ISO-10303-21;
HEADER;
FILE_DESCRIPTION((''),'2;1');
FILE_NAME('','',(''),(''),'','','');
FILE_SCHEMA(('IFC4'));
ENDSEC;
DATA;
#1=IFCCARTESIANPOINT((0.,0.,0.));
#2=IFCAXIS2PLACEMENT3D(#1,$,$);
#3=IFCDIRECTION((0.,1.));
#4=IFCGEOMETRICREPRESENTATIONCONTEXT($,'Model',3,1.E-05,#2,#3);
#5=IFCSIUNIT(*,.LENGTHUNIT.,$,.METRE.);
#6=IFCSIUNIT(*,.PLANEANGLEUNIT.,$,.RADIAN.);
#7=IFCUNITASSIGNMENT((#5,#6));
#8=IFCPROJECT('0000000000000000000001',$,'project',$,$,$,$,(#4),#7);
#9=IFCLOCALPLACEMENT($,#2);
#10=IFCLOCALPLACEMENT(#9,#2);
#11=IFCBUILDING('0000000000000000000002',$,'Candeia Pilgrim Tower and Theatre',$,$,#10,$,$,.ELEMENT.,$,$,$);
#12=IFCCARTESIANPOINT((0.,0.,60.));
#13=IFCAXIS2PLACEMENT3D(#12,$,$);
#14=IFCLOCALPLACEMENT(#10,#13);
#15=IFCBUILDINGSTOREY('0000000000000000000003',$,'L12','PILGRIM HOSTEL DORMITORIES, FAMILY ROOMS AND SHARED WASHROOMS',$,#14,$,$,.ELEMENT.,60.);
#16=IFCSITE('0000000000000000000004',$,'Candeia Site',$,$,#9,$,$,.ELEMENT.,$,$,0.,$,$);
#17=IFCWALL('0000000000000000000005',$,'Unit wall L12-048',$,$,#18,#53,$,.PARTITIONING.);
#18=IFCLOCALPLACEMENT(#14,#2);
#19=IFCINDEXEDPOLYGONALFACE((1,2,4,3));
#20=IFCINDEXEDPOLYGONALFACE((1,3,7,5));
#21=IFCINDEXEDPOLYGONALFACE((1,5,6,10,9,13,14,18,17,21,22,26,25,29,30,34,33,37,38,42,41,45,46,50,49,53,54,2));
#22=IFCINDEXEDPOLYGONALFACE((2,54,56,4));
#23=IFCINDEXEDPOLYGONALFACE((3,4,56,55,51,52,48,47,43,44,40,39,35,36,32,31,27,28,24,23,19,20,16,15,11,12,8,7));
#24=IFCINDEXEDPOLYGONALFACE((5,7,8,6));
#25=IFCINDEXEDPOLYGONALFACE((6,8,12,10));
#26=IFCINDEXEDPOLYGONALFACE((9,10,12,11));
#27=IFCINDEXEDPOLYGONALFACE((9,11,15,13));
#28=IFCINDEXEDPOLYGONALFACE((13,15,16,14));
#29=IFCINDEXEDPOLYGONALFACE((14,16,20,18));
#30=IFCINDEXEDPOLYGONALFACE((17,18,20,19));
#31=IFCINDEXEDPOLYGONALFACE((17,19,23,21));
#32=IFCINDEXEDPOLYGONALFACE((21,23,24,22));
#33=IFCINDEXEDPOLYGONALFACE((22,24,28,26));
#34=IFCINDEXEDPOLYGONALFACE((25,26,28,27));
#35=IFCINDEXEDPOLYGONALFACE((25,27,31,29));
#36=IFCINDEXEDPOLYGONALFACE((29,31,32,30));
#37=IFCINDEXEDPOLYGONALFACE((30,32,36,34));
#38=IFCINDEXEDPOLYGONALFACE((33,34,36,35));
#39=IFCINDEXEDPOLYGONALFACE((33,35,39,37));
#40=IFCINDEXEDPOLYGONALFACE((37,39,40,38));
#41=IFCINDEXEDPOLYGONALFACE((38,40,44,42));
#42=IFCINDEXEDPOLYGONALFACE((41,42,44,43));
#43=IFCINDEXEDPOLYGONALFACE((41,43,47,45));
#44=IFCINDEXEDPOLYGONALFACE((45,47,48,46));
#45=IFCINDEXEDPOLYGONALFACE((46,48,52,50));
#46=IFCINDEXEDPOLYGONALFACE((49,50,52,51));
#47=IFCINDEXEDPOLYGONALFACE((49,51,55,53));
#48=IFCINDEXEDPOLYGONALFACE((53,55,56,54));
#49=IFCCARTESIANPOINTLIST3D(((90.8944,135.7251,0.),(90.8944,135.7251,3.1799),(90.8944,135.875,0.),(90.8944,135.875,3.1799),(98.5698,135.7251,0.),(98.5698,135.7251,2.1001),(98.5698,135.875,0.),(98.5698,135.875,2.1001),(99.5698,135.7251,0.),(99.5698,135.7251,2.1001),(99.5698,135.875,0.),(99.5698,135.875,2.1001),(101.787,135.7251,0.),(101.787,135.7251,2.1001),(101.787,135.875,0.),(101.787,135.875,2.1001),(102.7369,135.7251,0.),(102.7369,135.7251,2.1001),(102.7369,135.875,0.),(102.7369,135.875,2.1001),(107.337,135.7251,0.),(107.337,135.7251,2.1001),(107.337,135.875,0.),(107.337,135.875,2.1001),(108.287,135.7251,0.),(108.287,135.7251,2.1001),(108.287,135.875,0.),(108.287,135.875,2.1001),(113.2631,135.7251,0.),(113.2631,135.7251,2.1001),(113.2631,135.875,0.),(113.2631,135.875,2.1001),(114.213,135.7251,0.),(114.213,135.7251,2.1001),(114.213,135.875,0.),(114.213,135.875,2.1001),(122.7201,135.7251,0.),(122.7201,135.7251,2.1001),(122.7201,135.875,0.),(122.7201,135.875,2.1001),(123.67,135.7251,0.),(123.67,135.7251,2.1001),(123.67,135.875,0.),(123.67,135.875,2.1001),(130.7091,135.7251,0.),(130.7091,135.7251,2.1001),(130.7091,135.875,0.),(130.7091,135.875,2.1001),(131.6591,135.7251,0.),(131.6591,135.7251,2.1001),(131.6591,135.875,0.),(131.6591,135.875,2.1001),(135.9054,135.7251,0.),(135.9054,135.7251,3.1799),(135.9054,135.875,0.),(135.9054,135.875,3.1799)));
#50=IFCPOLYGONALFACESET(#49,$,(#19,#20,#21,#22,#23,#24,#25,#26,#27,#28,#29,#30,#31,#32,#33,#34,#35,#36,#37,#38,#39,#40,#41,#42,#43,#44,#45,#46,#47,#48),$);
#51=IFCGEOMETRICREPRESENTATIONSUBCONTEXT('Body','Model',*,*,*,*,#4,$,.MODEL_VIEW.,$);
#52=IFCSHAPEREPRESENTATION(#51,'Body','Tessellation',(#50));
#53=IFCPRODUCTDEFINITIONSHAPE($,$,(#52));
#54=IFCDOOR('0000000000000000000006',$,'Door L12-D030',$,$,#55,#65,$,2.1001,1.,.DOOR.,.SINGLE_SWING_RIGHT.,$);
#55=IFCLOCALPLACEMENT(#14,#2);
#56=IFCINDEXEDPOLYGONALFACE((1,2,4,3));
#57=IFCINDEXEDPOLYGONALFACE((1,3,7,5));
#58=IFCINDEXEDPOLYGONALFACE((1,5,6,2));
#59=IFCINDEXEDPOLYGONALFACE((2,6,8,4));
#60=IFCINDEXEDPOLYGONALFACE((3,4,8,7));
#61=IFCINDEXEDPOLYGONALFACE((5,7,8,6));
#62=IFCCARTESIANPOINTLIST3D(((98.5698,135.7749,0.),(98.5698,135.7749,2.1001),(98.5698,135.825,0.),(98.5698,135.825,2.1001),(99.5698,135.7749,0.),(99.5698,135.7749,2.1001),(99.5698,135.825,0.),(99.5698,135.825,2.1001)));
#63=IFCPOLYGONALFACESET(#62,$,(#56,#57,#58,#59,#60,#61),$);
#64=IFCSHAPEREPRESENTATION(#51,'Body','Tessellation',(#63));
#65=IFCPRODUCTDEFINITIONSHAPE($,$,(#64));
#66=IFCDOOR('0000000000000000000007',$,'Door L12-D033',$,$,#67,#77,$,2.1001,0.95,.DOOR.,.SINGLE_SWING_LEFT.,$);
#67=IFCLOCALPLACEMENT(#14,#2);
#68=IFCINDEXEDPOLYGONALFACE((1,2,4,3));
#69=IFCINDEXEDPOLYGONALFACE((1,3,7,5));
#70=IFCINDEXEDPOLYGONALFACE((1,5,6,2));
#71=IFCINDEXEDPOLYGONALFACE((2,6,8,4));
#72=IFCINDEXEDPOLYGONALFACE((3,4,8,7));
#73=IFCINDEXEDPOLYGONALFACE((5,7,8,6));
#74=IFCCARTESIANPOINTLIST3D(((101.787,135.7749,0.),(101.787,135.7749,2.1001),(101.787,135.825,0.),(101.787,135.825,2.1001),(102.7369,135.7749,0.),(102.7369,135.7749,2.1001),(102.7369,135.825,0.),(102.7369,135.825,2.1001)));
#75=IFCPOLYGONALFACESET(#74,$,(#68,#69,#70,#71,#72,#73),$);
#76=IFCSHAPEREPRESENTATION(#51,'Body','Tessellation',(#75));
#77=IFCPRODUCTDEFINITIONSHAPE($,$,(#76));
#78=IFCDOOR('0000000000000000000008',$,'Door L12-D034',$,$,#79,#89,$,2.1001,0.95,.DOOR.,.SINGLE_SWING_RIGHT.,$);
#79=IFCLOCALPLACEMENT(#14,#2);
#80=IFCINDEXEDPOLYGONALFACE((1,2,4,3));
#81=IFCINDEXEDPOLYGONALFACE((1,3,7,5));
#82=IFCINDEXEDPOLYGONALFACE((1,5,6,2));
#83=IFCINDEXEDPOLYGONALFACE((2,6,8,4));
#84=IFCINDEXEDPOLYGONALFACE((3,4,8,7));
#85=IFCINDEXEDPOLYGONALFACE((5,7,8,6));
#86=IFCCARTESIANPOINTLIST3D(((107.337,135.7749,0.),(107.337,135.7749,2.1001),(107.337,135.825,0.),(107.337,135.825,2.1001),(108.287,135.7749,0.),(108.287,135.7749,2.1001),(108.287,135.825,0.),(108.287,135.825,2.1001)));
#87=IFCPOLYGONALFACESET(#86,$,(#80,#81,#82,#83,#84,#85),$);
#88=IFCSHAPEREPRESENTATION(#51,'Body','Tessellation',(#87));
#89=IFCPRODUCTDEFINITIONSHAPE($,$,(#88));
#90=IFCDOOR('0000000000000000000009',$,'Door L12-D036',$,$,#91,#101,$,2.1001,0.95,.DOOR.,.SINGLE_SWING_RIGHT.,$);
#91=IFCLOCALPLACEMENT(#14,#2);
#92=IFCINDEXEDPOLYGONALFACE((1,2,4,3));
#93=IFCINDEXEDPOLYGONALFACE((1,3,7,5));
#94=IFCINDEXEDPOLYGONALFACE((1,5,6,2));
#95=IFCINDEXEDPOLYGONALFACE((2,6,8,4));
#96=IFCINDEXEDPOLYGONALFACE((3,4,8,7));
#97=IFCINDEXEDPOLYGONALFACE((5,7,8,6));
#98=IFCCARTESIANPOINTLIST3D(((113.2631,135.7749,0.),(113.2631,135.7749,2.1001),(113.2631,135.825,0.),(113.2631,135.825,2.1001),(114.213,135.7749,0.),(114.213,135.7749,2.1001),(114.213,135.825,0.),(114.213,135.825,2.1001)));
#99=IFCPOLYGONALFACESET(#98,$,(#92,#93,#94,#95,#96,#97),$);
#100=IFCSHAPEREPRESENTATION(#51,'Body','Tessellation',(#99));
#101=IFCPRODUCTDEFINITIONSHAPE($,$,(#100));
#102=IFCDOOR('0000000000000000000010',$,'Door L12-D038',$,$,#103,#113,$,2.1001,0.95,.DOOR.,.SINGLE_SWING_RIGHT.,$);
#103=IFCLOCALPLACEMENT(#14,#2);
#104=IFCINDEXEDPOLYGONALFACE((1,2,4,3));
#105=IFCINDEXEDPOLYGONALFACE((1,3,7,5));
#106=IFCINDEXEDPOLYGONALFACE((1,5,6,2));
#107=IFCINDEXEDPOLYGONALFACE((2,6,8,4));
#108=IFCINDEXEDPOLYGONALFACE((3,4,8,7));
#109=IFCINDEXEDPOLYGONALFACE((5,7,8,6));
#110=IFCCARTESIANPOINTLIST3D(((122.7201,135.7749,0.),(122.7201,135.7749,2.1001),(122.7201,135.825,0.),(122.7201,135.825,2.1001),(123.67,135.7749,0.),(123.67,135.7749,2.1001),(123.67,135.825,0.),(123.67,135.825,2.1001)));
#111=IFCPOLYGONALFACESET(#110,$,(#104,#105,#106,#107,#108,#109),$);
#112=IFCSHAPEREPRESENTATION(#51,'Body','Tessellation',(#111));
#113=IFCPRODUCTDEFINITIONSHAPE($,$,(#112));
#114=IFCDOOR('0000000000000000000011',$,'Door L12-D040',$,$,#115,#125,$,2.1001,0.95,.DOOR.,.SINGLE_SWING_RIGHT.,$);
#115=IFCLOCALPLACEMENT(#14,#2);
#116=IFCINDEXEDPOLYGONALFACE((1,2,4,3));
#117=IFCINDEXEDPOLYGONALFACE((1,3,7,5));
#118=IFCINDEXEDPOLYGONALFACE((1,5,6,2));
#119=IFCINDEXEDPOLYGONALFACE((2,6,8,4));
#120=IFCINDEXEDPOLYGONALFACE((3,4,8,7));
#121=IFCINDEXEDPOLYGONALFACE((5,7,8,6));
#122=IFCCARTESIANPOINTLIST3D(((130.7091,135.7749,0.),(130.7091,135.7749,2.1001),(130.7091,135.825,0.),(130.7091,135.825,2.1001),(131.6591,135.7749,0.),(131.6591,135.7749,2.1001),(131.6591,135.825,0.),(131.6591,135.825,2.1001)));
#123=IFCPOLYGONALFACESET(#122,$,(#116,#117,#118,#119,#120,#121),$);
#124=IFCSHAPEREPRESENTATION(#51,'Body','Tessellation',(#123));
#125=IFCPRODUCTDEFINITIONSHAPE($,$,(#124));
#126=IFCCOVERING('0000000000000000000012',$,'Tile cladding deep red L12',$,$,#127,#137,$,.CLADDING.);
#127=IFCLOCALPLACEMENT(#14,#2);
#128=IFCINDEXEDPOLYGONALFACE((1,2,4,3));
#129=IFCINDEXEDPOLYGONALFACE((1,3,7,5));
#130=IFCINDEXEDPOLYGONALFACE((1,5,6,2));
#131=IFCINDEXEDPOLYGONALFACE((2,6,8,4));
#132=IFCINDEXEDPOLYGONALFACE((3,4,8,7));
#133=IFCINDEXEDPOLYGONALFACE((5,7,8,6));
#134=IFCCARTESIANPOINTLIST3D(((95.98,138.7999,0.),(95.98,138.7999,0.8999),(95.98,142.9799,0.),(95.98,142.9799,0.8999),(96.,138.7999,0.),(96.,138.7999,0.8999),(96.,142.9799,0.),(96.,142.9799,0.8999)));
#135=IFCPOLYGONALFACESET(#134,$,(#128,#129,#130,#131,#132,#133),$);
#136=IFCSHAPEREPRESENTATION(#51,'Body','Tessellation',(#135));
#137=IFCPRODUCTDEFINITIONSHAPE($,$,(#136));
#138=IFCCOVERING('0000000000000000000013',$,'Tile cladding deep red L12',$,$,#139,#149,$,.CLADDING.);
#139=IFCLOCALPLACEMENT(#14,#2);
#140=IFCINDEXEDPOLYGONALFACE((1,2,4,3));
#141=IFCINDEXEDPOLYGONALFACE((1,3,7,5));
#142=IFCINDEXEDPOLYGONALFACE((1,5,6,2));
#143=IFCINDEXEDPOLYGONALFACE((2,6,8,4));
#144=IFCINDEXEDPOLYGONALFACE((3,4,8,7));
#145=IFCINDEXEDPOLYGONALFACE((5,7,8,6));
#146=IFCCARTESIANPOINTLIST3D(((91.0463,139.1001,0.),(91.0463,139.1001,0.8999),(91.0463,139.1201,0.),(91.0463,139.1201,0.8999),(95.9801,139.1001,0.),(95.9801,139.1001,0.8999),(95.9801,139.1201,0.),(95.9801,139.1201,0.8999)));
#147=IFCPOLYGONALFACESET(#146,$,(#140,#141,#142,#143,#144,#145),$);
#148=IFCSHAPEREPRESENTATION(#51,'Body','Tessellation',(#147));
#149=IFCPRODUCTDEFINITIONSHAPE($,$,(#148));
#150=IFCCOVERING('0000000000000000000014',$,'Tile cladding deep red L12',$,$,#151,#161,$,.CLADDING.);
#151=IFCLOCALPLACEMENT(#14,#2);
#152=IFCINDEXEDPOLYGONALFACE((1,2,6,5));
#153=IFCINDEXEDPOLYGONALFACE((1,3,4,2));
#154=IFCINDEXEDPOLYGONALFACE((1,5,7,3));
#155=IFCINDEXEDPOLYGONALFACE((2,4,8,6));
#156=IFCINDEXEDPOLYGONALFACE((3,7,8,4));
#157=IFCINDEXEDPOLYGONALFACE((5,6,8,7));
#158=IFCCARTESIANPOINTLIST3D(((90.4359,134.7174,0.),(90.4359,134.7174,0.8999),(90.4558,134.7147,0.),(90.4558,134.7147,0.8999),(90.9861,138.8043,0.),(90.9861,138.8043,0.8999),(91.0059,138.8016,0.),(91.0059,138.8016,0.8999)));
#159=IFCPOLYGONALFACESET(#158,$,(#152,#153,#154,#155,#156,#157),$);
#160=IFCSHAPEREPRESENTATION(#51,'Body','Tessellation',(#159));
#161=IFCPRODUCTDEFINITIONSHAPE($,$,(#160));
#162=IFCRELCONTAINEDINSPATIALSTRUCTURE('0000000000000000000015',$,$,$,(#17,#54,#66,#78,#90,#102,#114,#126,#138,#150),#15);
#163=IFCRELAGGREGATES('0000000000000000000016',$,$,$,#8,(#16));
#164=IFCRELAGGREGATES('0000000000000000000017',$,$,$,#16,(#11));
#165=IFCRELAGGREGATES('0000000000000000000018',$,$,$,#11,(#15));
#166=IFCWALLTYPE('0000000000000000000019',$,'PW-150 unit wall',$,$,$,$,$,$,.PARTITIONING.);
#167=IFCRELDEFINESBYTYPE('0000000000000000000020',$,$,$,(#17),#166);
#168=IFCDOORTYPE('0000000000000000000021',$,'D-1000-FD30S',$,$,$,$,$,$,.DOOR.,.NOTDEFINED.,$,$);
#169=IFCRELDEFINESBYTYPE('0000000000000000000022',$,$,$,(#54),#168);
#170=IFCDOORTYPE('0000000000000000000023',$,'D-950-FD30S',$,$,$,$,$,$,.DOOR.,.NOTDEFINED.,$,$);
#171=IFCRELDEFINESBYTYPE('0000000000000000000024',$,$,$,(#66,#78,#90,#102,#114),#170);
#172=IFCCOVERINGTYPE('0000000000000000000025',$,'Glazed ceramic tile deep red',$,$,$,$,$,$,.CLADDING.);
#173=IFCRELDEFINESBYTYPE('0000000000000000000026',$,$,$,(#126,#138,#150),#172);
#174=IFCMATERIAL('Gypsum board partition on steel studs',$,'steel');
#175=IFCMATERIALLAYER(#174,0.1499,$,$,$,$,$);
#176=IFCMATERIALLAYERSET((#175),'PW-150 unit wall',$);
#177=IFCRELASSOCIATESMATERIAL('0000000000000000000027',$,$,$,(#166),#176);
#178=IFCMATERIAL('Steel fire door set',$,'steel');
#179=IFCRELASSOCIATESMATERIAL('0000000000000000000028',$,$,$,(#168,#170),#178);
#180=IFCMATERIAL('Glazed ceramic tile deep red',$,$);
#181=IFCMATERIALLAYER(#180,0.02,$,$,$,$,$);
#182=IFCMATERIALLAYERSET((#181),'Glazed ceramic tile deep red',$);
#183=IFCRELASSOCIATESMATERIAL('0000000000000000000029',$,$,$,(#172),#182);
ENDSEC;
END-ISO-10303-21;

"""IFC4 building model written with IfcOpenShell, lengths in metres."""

from ifc_helpers import new_model, si_unit, direction, frame, frame_2d, origin, origin_2d, place, context, subcontext, project, spatial, rectangle, extrude, material, layer, layer_set, type_object, element, fill, save


model = new_model("IFC4")

# Units and contexts
model_context = context("Model", 3, precision=1e-05, world=origin(), true_north=direction((0.0, 1.0)))
body_context = subcontext(model_context, "Body", "Model", "MODEL_VIEW")
ifc_project = project(units=[si_unit("LENGTHUNIT", "METRE"), si_unit("PLANEANGLEUNIT", "RADIAN")], contexts=[model_context])

# Site, building, storey
site_placement = place(None, origin())
site = spatial("IfcSite", under=ifc_project, at=site_placement, Name="Candeia Site", CompositionType="ELEMENT", RefElevation=0.0)
building_placement = place(site_placement, origin())
building = spatial("IfcBuilding", under=site, at=building_placement, Name="Candeia Pilgrim Tower and Theatre", CompositionType="ELEMENT")
storey_placement = place(building_placement, frame((0.0, 0.0, 60.0)))
storey = spatial("IfcBuildingStorey", under=building, at=storey_placement, Name="L12", Description="PILGRIM HOSTEL DORMITORIES, FAMILY ROOMS AND SHARED WASHROOMS", CompositionType="ELEMENT", Elevation=60.0)

# Shared definitions
ifc_material_1 = material(Name="Gypsum board partition on steel studs", Category="steel")

# Wall, openings, doors
ifc_layer_1 = layer(ifc_material_1, 0.1499)
ifc_layer_set_1 = layer_set([ifc_layer_1], Name="PW-150 unit wall")
wall_type_1 = type_object("IfcWallType", Name="PW-150 unit wall", PredefinedType="PARTITIONING", material=ifc_layer_set_1)
wall_1_placement = place(storey_placement, frame((90.8945, 135.8, 0.0), z_axis=(0.0, 0.0, 1.0), x_axis=(1.0, 0.0, 0.0)))
wall_1 = element("IfcWall", 1, at=wall_1_placement, inside=storey, type_object=wall_type_1, Name="Unit wall L12-048", PredefinedType="PARTITIONING", context=body_context, shape_type="SweptSolid", body=[
    extrude(rectangle(XDim=45.011, YDim=0.1499, at=frame_2d((22.5054, 0.0))), origin(), (0.0, 0.0, 1.0), 3.1799),
])
opening_1_placement = place(wall_1_placement, frame((7.6753, 0.0, 0.0)))
opening_1 = element("IfcOpeningElement", 2, at=opening_1_placement, cuts=wall_1, PredefinedType="OPENING", context=body_context, shape_type="SweptSolid", body=[
    extrude(rectangle(XDim=1.0, YDim=2.1001, at=frame_2d((0.5, 1.05))), frame((0.0, 0.085, 0.0), z_axis=(0.0, -1.0, 0.0), x_axis=(1.0, 0.0, 0.0)), (0.0, 0.0, 1.0), 0.1699),
])
opening_2_placement = place(wall_1_placement, frame((10.8923, 0.0, 0.0)))
opening_2 = element("IfcOpeningElement", 3, at=opening_2_placement, cuts=wall_1, PredefinedType="OPENING", context=body_context, shape_type="SweptSolid", body=[
    extrude(rectangle(XDim=0.95, YDim=2.1001, at=frame_2d((0.4751, 1.05))), frame((0.0, 0.085, 0.0), z_axis=(0.0, -1.0, 0.0), x_axis=(1.0, 0.0, 0.0)), (0.0, 0.0, 1.0), 0.1699),
])
opening_3_placement = place(wall_1_placement, frame((16.4424, 0.0, 0.0)))
opening_3 = element("IfcOpeningElement", 4, at=opening_3_placement, cuts=wall_1, PredefinedType="OPENING", context=body_context, shape_type="SweptSolid", body=[
    extrude(rectangle(XDim=0.95, YDim=2.1001, at=frame_2d((0.4751, 1.05))), frame((0.0, 0.085, 0.0), z_axis=(0.0, -1.0, 0.0), x_axis=(1.0, 0.0, 0.0)), (0.0, 0.0, 1.0), 0.1699),
])
opening_4_placement = place(wall_1_placement, frame((22.3684, 0.0, 0.0)))
opening_4 = element("IfcOpeningElement", 5, at=opening_4_placement, cuts=wall_1, PredefinedType="OPENING", context=body_context, shape_type="SweptSolid", body=[
    extrude(rectangle(XDim=0.95, YDim=2.1001, at=frame_2d((0.4751, 1.05))), frame((0.0, 0.085, 0.0), z_axis=(0.0, -1.0, 0.0), x_axis=(1.0, 0.0, 0.0)), (0.0, 0.0, 1.0), 0.1699),
])
opening_5_placement = place(wall_1_placement, frame((31.8254, 0.0, 0.0)))
opening_5 = element("IfcOpeningElement", 6, at=opening_5_placement, cuts=wall_1, PredefinedType="OPENING", context=body_context, shape_type="SweptSolid", body=[
    extrude(rectangle(XDim=0.95, YDim=2.1001, at=frame_2d((0.4751, 1.05))), frame((0.0, 0.085, 0.0), z_axis=(0.0, -1.0, 0.0), x_axis=(1.0, 0.0, 0.0)), (0.0, 0.0, 1.0), 0.1699),
])
opening_6_placement = place(wall_1_placement, frame((39.8145, 0.0, 0.0)))
opening_6 = element("IfcOpeningElement", 7, at=opening_6_placement, cuts=wall_1, PredefinedType="OPENING", context=body_context, shape_type="SweptSolid", body=[
    extrude(rectangle(XDim=0.95, YDim=2.1001, at=frame_2d((0.4751, 1.05))), frame((0.0, 0.085, 0.0), z_axis=(0.0, -1.0, 0.0), x_axis=(1.0, 0.0, 0.0)), (0.0, 0.0, 1.0), 0.1699),
])
ifc_material_2 = material(Name="Steel fire door set", Category="steel")
door_type_1 = type_object("IfcDoorType", Name="D-1000-FD30S", OperationType="NOTDEFINED", PredefinedType="DOOR", material=ifc_material_2)
door_1_placement = place(opening_1_placement, origin())
door_1 = element("IfcDoor", 8, at=door_1_placement, inside=storey, type_object=door_type_1, Name="Door L12-D030", OperationType="SINGLE_SWING_RIGHT", OverallHeight=2.1001, OverallWidth=1.0, PredefinedType="DOOR", context=body_context, shape_type="SweptSolid", body=[
    extrude(rectangle(XDim=1.0, YDim=2.1001, at=frame_2d((0.5, 1.05))), frame((0.0, 0.0249, 0.0), z_axis=(0.0, -1.0, 0.0), x_axis=(1.0, 0.0, 0.0)), (0.0, 0.0, 1.0), 0.05),
])
fill(opening_1, door_1)
door_type_2 = type_object("IfcDoorType", Name="D-950-FD30S", OperationType="NOTDEFINED", PredefinedType="DOOR", material=ifc_material_2)
door_2_placement = place(opening_2_placement, origin())
door_2 = element("IfcDoor", 9, at=door_2_placement, inside=storey, type_object=door_type_2, Name="Door L12-D033", OperationType="SINGLE_SWING_LEFT", OverallHeight=2.1001, OverallWidth=0.95, PredefinedType="DOOR", context=body_context, shape_type="SweptSolid", body=[
    extrude(rectangle(XDim=0.95, YDim=2.1001, at=frame_2d((0.4751, 1.05))), frame((0.0, 0.0249, 0.0), z_axis=(0.0, -1.0, 0.0), x_axis=(1.0, 0.0, 0.0)), (0.0, 0.0, 1.0), 0.05),
])
fill(opening_2, door_2)
door_3_placement = place(opening_3_placement, origin())
door_3 = element("IfcDoor", 10, at=door_3_placement, inside=storey, type_object=door_type_2, Name="Door L12-D034", OperationType="SINGLE_SWING_RIGHT", OverallHeight=2.1001, OverallWidth=0.95, PredefinedType="DOOR", context=body_context, shape_type="SweptSolid", body=[
    extrude(rectangle(XDim=0.95, YDim=2.1001, at=frame_2d((0.4751, 1.05))), frame((0.0, 0.0249, 0.0), z_axis=(0.0, -1.0, 0.0), x_axis=(1.0, 0.0, 0.0)), (0.0, 0.0, 1.0), 0.05),
])
fill(opening_3, door_3)
door_4_placement = place(opening_4_placement, origin())
door_4 = element("IfcDoor", 11, at=door_4_placement, inside=storey, type_object=door_type_2, Name="Door L12-D036", OperationType="SINGLE_SWING_RIGHT", OverallHeight=2.1001, OverallWidth=0.95, PredefinedType="DOOR", context=body_context, shape_type="SweptSolid", body=[
    extrude(rectangle(XDim=0.95, YDim=2.1001, at=frame_2d((0.4751, 1.05))), frame((0.0, 0.0249, 0.0), z_axis=(0.0, -1.0, 0.0), x_axis=(1.0, 0.0, 0.0)), (0.0, 0.0, 1.0), 0.05),
])
fill(opening_4, door_4)
door_5_placement = place(opening_5_placement, origin())
door_5 = element("IfcDoor", 12, at=door_5_placement, inside=storey, type_object=door_type_2, Name="Door L12-D038", OperationType="SINGLE_SWING_RIGHT", OverallHeight=2.1001, OverallWidth=0.95, PredefinedType="DOOR", context=body_context, shape_type="SweptSolid", body=[
    extrude(rectangle(XDim=0.95, YDim=2.1001, at=frame_2d((0.4751, 1.05))), frame((0.0, 0.0249, 0.0), z_axis=(0.0, -1.0, 0.0), x_axis=(1.0, 0.0, 0.0)), (0.0, 0.0, 1.0), 0.05),
])
fill(opening_5, door_5)
door_6_placement = place(opening_6_placement, origin())
door_6 = element("IfcDoor", 13, at=door_6_placement, inside=storey, type_object=door_type_2, Name="Door L12-D040", OperationType="SINGLE_SWING_RIGHT", OverallHeight=2.1001, OverallWidth=0.95, PredefinedType="DOOR", context=body_context, shape_type="SweptSolid", body=[
    extrude(rectangle(XDim=0.95, YDim=2.1001, at=frame_2d((0.4751, 1.05))), frame((0.0, 0.0249, 0.0), z_axis=(0.0, -1.0, 0.0), x_axis=(1.0, 0.0, 0.0)), (0.0, 0.0, 1.0), 0.05),
])
fill(opening_6, door_6)

# Coverings
ifc_material_3 = material(Name="Glazed ceramic tile deep red")
ifc_layer_2 = layer(ifc_material_3, 0.02)
ifc_layer_set_2 = layer_set([ifc_layer_2], Name="Glazed ceramic tile deep red")
covering_type = type_object("IfcCoveringType", Name="Glazed ceramic tile deep red", PredefinedType="CLADDING", material=ifc_layer_set_2)
covering_1_placement = place(storey_placement, frame((95.99, 140.8899, 0.0), z_axis=(0.0, 0.0, 1.0), x_axis=(0.0, -1.0, 0.0)))
element("IfcCovering", 14, at=covering_1_placement, inside=storey, type_object=covering_type, Name="Tile cladding deep red L12", PredefinedType="CLADDING", context=body_context, shape_type="SweptSolid", body=[
    extrude(rectangle(XDim=4.1799, YDim=0.02, at=origin_2d()), origin(), (0.0, 0.0, 1.0), 0.8999),
])
covering_2_placement = place(storey_placement, frame((93.5132, 139.1101, 0.0), z_axis=(0.0, 0.0, 1.0), x_axis=(-1.0, 0.0, 0.0)))
element("IfcCovering", 15, at=covering_2_placement, inside=storey, type_object=covering_type, Name="Tile cladding deep red L12", PredefinedType="CLADDING", context=body_context, shape_type="SweptSolid", body=[
    extrude(rectangle(XDim=4.9338, YDim=0.02, at=origin_2d()), origin(), (0.0, 0.0, 1.0), 0.8999),
])
covering_3_placement = place(storey_placement, frame((90.7209, 136.7595, 0.0), z_axis=(0.0, 0.0, 1.0), x_axis=(-0.133412, -0.991061, 0.0)))
element("IfcCovering", 16, at=covering_3_placement, inside=storey, type_object=covering_type, Name="Tile cladding deep red L12", PredefinedType="CLADDING", context=body_context, shape_type="SweptSolid", body=[
    extrude(rectangle(XDim=4.1238, YDim=0.02, at=origin_2d()), origin(), (0.0, 0.0, 1.0), 0.8999),
])

save(model, "model.ifc")
